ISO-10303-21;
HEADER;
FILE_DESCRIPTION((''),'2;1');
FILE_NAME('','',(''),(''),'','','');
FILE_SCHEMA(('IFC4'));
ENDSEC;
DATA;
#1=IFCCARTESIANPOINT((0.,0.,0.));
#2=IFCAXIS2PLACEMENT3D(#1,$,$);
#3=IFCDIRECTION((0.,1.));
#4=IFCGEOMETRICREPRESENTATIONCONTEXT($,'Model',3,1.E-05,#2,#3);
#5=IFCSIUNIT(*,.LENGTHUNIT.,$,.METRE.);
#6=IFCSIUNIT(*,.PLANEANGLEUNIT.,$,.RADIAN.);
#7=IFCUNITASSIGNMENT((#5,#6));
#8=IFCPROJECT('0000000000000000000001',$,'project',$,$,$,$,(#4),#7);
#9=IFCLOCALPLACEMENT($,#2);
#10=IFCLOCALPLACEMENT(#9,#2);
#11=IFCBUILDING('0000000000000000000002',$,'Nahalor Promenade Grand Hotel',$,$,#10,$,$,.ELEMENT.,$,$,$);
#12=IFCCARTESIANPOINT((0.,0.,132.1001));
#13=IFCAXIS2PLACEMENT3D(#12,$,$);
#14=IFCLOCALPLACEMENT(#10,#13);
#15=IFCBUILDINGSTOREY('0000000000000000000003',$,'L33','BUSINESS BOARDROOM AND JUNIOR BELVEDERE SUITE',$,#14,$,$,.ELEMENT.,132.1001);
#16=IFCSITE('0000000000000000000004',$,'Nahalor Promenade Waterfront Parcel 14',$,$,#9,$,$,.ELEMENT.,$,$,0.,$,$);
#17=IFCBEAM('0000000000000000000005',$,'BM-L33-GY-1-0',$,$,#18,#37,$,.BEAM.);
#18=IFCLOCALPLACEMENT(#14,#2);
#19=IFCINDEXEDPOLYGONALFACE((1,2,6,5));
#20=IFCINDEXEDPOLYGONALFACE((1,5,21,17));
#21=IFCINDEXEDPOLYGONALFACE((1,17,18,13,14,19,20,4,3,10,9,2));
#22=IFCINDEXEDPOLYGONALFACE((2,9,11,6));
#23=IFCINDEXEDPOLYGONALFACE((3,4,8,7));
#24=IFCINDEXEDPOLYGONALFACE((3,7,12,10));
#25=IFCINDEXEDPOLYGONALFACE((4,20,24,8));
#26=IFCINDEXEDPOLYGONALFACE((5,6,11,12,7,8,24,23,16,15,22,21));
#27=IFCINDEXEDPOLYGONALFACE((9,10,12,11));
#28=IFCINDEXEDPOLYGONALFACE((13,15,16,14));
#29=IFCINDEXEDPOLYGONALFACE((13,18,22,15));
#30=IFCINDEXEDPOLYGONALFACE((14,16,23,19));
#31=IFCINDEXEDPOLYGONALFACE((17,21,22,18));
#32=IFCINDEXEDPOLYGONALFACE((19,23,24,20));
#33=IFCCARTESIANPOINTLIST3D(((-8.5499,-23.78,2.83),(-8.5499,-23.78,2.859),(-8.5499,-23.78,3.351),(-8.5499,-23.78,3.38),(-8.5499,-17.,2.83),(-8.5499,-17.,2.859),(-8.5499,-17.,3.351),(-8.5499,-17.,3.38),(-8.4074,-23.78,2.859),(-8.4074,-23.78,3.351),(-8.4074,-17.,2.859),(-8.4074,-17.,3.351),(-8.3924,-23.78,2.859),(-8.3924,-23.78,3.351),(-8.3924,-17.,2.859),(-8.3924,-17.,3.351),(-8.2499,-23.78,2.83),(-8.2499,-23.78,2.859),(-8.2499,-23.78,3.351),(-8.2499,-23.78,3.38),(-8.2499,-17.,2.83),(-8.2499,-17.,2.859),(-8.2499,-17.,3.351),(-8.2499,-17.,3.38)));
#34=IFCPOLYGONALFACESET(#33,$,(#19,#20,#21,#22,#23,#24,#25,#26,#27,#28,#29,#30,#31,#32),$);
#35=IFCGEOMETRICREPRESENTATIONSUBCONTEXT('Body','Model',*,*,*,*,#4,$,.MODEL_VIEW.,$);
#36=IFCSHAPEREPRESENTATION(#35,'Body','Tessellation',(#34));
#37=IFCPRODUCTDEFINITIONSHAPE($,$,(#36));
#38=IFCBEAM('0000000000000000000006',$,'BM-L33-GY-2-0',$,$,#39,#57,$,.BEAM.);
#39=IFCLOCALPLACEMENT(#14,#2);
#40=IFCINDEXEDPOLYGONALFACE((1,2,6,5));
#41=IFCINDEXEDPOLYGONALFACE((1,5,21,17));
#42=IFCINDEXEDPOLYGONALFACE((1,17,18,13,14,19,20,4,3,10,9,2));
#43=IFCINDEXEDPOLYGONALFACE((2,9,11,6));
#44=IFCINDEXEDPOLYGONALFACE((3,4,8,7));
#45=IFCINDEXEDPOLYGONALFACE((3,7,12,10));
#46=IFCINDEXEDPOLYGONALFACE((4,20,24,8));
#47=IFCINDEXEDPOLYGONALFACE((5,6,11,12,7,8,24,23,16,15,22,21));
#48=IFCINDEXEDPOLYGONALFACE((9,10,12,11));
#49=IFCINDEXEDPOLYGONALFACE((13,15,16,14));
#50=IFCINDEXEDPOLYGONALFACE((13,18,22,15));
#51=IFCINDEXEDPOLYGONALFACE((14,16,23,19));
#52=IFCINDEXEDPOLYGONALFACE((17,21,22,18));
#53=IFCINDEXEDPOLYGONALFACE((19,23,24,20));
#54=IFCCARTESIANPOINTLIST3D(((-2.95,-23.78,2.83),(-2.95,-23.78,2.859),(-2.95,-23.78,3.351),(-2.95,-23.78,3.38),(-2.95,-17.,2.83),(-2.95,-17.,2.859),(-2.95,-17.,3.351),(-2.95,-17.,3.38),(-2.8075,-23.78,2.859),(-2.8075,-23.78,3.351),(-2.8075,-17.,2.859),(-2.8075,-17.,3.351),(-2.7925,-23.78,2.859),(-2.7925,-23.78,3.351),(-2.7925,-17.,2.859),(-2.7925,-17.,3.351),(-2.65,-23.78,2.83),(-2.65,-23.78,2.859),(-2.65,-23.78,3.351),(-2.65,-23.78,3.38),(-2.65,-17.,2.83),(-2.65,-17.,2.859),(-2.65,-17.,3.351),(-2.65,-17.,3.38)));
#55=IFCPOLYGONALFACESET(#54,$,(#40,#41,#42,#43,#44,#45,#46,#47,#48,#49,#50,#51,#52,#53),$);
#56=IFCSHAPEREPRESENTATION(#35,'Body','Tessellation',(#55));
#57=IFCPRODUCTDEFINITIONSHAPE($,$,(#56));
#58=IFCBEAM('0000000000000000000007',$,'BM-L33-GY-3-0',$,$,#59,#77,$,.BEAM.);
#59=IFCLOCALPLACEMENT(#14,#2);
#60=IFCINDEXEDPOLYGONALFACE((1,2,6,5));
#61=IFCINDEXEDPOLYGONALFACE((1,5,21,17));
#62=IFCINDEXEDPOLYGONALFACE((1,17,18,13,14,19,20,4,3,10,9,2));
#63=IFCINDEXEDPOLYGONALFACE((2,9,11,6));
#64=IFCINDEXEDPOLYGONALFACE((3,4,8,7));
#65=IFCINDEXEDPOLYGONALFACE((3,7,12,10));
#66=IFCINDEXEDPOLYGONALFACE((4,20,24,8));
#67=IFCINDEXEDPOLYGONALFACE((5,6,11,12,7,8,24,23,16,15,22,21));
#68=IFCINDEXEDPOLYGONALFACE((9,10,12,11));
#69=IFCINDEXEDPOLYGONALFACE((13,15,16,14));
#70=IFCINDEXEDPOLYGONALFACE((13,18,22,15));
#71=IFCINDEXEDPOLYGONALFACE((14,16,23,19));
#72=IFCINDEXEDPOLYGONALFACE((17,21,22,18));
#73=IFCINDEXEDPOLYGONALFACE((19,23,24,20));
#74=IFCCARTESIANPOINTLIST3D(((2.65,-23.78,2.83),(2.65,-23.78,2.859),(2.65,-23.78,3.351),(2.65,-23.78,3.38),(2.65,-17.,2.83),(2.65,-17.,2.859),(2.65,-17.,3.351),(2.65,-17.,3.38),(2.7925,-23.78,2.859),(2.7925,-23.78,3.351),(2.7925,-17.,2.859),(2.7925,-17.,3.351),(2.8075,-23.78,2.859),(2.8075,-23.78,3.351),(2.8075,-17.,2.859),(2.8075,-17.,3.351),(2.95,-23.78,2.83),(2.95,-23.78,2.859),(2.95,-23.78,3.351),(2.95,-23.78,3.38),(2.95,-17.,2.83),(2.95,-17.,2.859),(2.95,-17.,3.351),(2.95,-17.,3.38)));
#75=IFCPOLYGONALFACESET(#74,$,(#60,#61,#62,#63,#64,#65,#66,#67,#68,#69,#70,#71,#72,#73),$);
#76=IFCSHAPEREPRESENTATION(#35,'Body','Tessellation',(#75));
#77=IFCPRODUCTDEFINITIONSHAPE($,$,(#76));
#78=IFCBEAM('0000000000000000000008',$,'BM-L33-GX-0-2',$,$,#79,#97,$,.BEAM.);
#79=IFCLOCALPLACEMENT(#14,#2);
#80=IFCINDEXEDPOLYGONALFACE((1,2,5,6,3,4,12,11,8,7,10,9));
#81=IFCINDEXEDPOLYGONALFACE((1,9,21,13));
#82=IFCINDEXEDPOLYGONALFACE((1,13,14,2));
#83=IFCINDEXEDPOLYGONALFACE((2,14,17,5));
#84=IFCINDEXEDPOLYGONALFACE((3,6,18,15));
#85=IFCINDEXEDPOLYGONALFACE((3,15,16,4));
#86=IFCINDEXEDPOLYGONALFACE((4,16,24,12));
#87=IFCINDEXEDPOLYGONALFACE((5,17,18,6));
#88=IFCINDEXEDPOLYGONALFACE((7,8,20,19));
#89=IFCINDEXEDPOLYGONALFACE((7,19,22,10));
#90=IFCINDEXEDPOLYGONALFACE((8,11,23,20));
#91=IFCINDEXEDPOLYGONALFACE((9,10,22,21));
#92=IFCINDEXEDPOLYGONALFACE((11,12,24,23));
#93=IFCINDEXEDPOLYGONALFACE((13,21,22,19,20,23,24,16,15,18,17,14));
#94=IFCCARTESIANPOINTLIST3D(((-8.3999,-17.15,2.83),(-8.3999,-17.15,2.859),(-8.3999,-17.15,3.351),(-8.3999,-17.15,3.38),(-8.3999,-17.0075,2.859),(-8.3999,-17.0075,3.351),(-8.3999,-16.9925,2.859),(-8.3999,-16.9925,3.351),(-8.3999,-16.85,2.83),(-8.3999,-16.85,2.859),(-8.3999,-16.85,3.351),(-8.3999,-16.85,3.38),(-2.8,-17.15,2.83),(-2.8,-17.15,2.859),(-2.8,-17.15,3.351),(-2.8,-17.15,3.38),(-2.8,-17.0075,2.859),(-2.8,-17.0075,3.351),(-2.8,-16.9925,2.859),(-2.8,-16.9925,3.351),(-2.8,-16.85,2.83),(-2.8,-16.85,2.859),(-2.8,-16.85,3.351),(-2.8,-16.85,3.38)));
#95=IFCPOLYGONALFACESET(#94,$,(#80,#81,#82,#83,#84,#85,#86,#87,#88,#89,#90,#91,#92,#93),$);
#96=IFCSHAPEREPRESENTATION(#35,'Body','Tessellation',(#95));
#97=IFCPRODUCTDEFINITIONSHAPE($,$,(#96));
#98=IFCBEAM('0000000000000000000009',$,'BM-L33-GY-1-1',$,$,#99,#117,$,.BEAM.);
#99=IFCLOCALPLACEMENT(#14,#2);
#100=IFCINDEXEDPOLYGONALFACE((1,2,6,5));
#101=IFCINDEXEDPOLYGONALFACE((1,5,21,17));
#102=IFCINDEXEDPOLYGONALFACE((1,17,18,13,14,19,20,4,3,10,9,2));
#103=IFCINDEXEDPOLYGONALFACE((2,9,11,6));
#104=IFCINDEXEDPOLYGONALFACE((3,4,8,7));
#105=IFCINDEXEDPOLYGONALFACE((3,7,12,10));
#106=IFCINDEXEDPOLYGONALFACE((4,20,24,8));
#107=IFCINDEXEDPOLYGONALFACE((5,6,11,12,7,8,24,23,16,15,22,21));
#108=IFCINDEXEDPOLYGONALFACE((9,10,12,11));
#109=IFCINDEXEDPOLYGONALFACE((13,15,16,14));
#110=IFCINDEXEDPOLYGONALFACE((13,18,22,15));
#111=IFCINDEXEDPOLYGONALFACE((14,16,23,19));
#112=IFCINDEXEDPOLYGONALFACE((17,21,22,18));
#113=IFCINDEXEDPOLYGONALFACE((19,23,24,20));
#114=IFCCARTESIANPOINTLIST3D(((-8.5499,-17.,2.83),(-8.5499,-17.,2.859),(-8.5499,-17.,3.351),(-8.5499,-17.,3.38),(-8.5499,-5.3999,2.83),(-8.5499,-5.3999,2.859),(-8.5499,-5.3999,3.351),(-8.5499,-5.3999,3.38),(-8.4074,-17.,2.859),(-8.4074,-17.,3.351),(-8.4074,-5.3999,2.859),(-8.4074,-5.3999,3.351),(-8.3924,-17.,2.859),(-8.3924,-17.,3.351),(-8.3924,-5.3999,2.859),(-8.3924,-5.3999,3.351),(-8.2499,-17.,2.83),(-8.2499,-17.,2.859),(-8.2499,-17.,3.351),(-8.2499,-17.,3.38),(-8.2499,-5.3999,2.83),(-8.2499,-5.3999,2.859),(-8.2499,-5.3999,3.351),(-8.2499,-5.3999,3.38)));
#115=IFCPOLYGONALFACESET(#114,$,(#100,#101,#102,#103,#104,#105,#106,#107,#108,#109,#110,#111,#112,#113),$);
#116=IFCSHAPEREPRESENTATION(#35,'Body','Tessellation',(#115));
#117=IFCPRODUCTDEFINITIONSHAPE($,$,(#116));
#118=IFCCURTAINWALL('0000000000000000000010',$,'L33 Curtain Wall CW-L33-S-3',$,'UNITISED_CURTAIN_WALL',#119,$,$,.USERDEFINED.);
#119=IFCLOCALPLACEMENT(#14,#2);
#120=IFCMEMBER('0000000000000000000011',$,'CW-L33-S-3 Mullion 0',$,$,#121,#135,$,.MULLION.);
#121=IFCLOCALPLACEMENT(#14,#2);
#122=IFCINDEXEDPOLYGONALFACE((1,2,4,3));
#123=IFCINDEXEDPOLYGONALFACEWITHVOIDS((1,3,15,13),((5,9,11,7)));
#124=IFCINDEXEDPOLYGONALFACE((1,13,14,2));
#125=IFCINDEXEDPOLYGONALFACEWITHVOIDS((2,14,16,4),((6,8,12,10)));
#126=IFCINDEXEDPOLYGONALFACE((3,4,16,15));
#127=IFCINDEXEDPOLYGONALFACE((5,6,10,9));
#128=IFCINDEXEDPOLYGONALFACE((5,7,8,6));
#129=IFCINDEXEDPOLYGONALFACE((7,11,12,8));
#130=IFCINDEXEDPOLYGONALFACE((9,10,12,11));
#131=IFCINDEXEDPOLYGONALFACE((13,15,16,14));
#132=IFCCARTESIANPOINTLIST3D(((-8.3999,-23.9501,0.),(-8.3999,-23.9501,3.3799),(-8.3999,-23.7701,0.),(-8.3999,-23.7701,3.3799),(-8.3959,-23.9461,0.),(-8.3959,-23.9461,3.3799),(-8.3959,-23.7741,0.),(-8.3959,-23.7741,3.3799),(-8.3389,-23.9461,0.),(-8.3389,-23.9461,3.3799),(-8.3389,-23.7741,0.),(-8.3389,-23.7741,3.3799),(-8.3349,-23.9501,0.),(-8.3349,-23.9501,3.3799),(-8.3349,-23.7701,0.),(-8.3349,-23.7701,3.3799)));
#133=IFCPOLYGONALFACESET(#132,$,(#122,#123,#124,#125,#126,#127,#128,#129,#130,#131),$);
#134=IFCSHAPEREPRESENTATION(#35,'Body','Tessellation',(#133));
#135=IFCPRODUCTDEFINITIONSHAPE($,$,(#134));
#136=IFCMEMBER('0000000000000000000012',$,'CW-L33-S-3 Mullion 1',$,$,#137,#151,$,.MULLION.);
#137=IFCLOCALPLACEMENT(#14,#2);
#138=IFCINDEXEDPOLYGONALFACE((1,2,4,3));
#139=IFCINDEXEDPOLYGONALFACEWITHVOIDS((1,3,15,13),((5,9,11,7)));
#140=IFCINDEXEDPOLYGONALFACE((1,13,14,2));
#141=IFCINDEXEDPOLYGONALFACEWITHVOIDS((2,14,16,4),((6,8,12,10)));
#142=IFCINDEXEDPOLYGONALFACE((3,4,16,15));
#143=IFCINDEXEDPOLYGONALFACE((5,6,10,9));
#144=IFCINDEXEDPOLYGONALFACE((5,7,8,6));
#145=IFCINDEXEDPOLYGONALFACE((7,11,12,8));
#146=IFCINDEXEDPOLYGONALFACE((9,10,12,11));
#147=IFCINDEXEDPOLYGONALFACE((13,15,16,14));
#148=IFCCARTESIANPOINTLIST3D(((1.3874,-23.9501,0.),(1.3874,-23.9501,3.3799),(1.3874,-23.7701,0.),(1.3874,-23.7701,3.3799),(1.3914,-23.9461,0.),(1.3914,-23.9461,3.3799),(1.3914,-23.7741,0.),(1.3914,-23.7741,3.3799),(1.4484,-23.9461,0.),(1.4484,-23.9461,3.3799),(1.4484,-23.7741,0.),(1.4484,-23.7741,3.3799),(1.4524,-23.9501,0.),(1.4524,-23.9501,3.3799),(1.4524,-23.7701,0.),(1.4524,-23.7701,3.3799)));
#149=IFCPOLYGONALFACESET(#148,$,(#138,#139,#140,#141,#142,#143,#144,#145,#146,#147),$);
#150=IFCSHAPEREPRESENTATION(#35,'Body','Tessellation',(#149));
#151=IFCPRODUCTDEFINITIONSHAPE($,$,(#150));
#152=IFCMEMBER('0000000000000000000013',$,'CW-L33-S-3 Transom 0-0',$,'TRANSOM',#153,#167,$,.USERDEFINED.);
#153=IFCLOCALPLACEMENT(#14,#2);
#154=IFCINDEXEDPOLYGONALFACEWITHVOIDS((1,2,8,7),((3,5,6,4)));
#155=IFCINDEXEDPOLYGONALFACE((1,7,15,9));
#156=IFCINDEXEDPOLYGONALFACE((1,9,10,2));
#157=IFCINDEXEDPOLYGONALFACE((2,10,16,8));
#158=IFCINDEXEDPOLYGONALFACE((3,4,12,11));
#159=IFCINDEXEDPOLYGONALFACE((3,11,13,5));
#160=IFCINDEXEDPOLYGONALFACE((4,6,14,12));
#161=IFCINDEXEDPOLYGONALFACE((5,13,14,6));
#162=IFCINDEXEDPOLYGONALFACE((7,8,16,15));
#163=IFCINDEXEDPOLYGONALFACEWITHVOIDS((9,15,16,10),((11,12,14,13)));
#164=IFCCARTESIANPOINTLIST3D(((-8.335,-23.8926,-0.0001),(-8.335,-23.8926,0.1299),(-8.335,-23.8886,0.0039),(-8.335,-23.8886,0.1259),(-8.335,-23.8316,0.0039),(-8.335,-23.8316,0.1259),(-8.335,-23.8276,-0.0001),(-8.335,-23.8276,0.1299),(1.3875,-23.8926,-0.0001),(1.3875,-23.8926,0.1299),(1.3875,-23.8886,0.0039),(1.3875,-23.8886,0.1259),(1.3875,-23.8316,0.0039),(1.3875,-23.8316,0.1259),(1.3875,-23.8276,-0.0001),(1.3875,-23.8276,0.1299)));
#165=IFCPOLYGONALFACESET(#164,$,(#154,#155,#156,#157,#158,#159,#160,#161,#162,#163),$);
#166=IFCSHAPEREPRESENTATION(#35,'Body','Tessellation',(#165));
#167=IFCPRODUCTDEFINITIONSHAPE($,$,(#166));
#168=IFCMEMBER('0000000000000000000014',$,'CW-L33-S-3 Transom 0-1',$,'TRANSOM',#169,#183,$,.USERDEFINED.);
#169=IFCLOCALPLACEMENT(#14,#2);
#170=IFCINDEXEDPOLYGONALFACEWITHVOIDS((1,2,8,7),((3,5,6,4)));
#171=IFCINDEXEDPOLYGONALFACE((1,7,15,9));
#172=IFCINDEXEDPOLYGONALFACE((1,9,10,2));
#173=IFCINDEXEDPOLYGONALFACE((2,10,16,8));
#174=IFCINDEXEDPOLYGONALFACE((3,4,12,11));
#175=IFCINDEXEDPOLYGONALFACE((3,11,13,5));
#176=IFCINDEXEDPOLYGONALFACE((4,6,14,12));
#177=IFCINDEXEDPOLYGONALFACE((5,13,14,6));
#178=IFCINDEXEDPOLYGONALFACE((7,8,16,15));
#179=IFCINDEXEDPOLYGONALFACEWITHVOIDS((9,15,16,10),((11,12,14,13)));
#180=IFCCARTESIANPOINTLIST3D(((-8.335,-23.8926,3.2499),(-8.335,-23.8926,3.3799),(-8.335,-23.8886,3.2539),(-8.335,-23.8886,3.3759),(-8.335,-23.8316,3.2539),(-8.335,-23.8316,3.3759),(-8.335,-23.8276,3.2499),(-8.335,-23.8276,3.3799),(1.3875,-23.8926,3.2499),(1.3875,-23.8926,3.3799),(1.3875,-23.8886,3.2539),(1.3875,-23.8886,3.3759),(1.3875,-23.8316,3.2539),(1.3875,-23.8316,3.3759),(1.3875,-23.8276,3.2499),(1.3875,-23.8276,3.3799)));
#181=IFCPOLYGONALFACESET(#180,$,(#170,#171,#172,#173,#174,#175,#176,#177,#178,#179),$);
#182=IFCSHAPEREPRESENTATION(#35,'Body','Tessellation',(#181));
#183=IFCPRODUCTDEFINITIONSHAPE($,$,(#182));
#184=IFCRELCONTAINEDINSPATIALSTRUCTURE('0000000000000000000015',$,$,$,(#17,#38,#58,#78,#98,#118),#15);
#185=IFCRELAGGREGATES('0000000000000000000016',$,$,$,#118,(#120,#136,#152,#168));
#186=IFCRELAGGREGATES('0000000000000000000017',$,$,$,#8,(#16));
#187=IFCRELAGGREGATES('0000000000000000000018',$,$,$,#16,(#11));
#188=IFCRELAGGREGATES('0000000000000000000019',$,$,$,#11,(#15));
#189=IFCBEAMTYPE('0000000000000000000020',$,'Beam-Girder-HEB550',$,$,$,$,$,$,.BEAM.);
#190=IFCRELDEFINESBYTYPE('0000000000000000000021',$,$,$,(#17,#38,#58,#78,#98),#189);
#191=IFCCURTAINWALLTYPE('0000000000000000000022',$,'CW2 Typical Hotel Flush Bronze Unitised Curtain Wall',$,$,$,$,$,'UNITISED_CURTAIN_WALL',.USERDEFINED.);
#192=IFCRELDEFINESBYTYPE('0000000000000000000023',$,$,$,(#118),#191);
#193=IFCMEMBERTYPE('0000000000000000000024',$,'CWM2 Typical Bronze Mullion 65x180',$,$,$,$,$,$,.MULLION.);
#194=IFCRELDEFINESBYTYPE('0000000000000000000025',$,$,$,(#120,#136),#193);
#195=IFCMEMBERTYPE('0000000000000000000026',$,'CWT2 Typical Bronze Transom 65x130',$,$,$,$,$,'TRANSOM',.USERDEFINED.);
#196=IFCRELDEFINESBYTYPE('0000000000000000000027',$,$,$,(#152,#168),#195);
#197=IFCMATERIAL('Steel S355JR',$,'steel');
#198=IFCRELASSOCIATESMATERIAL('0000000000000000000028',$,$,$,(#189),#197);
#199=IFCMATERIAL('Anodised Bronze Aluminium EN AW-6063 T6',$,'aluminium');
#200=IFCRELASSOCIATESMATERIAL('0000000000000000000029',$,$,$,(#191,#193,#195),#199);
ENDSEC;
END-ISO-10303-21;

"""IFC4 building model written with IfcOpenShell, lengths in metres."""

from ifc_helpers import new_model, si_unit, direction, frame, origin, origin_2d, place, context, subcontext, project, spatial, hollow_rectangle, i_section, extrude, source, transform, mapped, material, material_profile, profile_set, type_object, element, aggregate, save


model = new_model("IFC4")

# Units and contexts
model_context = context("Model", 3, precision=1e-05, world=origin(), true_north=direction((0.0, 1.0)))
body_context = subcontext(model_context, "Body", "Model", "MODEL_VIEW")
ifc_project = project(units=[si_unit("LENGTHUNIT", "METRE"), si_unit("PLANEANGLEUNIT", "RADIAN")], contexts=[model_context])

# Site, building, storey
site_placement = place(None, origin())
site = spatial("IfcSite", under=ifc_project, at=site_placement, Name="Nahalor Promenade Waterfront Parcel 14", CompositionType="ELEMENT", RefElevation=0.0)
building_placement = place(site_placement, origin())
building = spatial("IfcBuilding", under=site, at=building_placement, Name="Nahalor Promenade Grand Hotel", CompositionType="ELEMENT")
storey_placement = place(building_placement, frame((0.0, 0.0, 132.1001)))
storey = spatial("IfcBuildingStorey", under=building, at=storey_placement, Name="L33", Description="BUSINESS BOARDROOM AND JUNIOR BELVEDERE SUITE", CompositionType="ELEMENT", Elevation=132.1001)

# Beams
ifc_material_1 = material(Name="Steel S355JR", Category="steel")
ifc_material_profile_1 = material_profile(ifc_material_1, i_section(OverallWidth=0.3, OverallDepth=0.55, WebThickness=0.015, FlangeThickness=0.029, at=origin_2d()), Name="HEB 550")
ifc_profile_set_1 = profile_set([ifc_material_profile_1], Name="Steel S355JR")
beam_type_1 = type_object("IfcBeamType", Name="Beam-Girder-HEB550", PredefinedType="BEAM", material=ifc_profile_set_1)
shared_shape_1 = source(origin(), body_context, "Body", "SweptSolid", [
    extrude(i_section(OverallWidth=0.3, OverallDepth=0.55, WebThickness=0.015, FlangeThickness=0.029, at=origin_2d()), origin(), (0.0, 0.0, 1.0), 6.78),
])
for number, where, z_axis, x_axis, name in (
    (1, (-8.3999, -23.78, 3.105), (0.0, 1.0, 0.0), (-1.0, 0.0, 0.0), "BM-L33-GY-1-0"),
    (2, (-2.8, -23.78, 3.105), (0.0, 1.0, 0.0), (-1.0, 0.0, 0.0), "BM-L33-GY-2-0"),
    (3, (2.8, -23.78, 3.105), (0.0, 1.0, 0.0), (-1.0, 0.0, 0.0), "BM-L33-GY-3-0"),
):
    element("IfcBeam", number, at=place(storey_placement, frame(where, z_axis=z_axis, x_axis=x_axis)), inside=storey, type_object=beam_type_1, Name=name, PredefinedType="BEAM", context=body_context, shape_type="MappedRepresentation", body=[
        mapped(shared_shape_1, transform((0.0, 0.0, 0.0), scale=1.0)),
    ])
shared_shape_2 = source(origin(), body_context, "Body", "SweptSolid", [
    extrude(i_section(OverallWidth=0.3, OverallDepth=0.55, WebThickness=0.015, FlangeThickness=0.029, at=origin_2d()), origin(), (0.0, 0.0, 1.0), 5.5999),
])
beam_1_placement = place(storey_placement, frame((-8.3999, -17.0, 3.105), z_axis=(1.0, 0.0, 0.0), x_axis=(0.0, 1.0, 0.0)))
element("IfcBeam", 4, at=beam_1_placement, inside=storey, type_object=beam_type_1, Name="BM-L33-GX-0-2", PredefinedType="BEAM", context=body_context, shape_type="MappedRepresentation", body=[
    mapped(shared_shape_2, transform((0.0, 0.0, 0.0), scale=1.0)),
])
shared_shape_3 = source(origin(), body_context, "Body", "SweptSolid", [
    extrude(i_section(OverallWidth=0.3, OverallDepth=0.55, WebThickness=0.015, FlangeThickness=0.029, at=origin_2d()), origin(), (0.0, 0.0, 1.0), 11.6001),
])
beam_2_placement = place(storey_placement, frame((-8.3999, -17.0, 3.105), z_axis=(0.0, 1.0, 0.0), x_axis=(-1.0, 0.0, 0.0)))
element("IfcBeam", 5, at=beam_2_placement, inside=storey, type_object=beam_type_1, Name="BM-L33-GY-1-1", PredefinedType="BEAM", context=body_context, shape_type="MappedRepresentation", body=[
    mapped(shared_shape_3, transform((0.0, 0.0, 0.0), scale=1.0)),
])

# Curtain wall, members
ifc_material_2 = material(Name="Anodised Bronze Aluminium EN AW-6063 T6", Category="aluminium")
curtain_wall_type = type_object("IfcCurtainWallType", Name="CW2 Typical Hotel Flush Bronze Unitised Curtain Wall", ElementType="UNITISED_CURTAIN_WALL", PredefinedType="USERDEFINED", material=ifc_material_2)
curtain_wall_placement = place(storey_placement, origin())
curtain_wall = element("IfcCurtainWall", 6, at=curtain_wall_placement, inside=storey, type_object=curtain_wall_type, Name="L33 Curtain Wall CW-L33-S-3", ObjectType="UNITISED_CURTAIN_WALL", PredefinedType="USERDEFINED")
ifc_material_profile_2 = material_profile(ifc_material_2, hollow_rectangle(XDim=0.065, YDim=0.18, WallThickness=0.004, at=origin_2d()), Name="CWM 65x180x4")
ifc_profile_set_2 = profile_set([ifc_material_profile_2], Name="Anodised Bronze Aluminium EN AW-6063 T6")
member_type_1 = type_object("IfcMemberType", Name="CWM2 Typical Bronze Mullion 65x180", PredefinedType="MULLION", material=ifc_profile_set_2)
shared_shape_4 = source(origin(), body_context, "Body", "SweptSolid", [
    extrude(hollow_rectangle(XDim=0.065, YDim=0.18, WallThickness=0.004, at=origin_2d()), origin(), (0.0, 0.0, 1.0), 3.3799),
])
member_1_placement = place(storey_placement, frame((-8.3674, -23.8601, 0.0), z_axis=(0.0, 0.0, 1.0), x_axis=(1.0, 0.0, 0.0)))
member_1 = element("IfcMember", 7, at=member_1_placement, type_object=member_type_1, Name="CW-L33-S-3 Mullion 0", PredefinedType="MULLION", context=body_context, shape_type="MappedRepresentation", body=[
    mapped(shared_shape_4, transform((0.0, 0.0, 0.0), scale=1.0)),
])
member_2_placement = place(storey_placement, frame((1.4199, -23.8601, 0.0), z_axis=(0.0, 0.0, 1.0), x_axis=(1.0, 0.0, 0.0)))
member_2 = element("IfcMember", 8, at=member_2_placement, type_object=member_type_1, Name="CW-L33-S-3 Mullion 1", PredefinedType="MULLION", context=body_context, shape_type="MappedRepresentation", body=[
    mapped(shared_shape_4, transform((0.0, 0.0, 0.0), scale=1.0)),
])
ifc_material_profile_3 = material_profile(ifc_material_2, hollow_rectangle(XDim=0.065, YDim=0.13, WallThickness=0.004, at=origin_2d()), Name="CWT 65x130x4")
ifc_profile_set_3 = profile_set([ifc_material_profile_3], Name="Anodised Bronze Aluminium EN AW-6063 T6")
member_type_2 = type_object("IfcMemberType", Name="CWT2 Typical Bronze Transom 65x130", ElementType="TRANSOM", PredefinedType="USERDEFINED", material=ifc_profile_set_3)
shared_shape_5 = source(origin(), body_context, "Body", "SweptSolid", [
    extrude(hollow_rectangle(XDim=0.065, YDim=0.13, WallThickness=0.004, at=origin_2d()), origin(), (0.0, 0.0, 1.0), 9.7224),
])
member_3_placement = place(storey_placement, frame((-8.335, -23.8601, 0.0649), z_axis=(1.0, 0.0, 0.0), x_axis=(0.0, 1.0, 0.0)))
member_3 = element("IfcMember", 9, at=member_3_placement, type_object=member_type_2, Name="CW-L33-S-3 Transom 0-0", ObjectType="TRANSOM", PredefinedType="USERDEFINED", context=body_context, shape_type="MappedRepresentation", body=[
    mapped(shared_shape_5, transform((0.0, 0.0, 0.0), scale=1.0)),
])
member_4_placement = place(storey_placement, frame((-8.335, -23.8601, 3.3149), z_axis=(1.0, 0.0, 0.0), x_axis=(0.0, 1.0, 0.0)))
member_4 = element("IfcMember", 10, at=member_4_placement, type_object=member_type_2, Name="CW-L33-S-3 Transom 0-1", ObjectType="TRANSOM", PredefinedType="USERDEFINED", context=body_context, shape_type="MappedRepresentation", body=[
    mapped(shared_shape_5, transform((0.0, 0.0, 0.0), scale=1.0)),
])
aggregate(curtain_wall, [member_1, member_2, member_3, member_4])

save(model, "model.ifc")
